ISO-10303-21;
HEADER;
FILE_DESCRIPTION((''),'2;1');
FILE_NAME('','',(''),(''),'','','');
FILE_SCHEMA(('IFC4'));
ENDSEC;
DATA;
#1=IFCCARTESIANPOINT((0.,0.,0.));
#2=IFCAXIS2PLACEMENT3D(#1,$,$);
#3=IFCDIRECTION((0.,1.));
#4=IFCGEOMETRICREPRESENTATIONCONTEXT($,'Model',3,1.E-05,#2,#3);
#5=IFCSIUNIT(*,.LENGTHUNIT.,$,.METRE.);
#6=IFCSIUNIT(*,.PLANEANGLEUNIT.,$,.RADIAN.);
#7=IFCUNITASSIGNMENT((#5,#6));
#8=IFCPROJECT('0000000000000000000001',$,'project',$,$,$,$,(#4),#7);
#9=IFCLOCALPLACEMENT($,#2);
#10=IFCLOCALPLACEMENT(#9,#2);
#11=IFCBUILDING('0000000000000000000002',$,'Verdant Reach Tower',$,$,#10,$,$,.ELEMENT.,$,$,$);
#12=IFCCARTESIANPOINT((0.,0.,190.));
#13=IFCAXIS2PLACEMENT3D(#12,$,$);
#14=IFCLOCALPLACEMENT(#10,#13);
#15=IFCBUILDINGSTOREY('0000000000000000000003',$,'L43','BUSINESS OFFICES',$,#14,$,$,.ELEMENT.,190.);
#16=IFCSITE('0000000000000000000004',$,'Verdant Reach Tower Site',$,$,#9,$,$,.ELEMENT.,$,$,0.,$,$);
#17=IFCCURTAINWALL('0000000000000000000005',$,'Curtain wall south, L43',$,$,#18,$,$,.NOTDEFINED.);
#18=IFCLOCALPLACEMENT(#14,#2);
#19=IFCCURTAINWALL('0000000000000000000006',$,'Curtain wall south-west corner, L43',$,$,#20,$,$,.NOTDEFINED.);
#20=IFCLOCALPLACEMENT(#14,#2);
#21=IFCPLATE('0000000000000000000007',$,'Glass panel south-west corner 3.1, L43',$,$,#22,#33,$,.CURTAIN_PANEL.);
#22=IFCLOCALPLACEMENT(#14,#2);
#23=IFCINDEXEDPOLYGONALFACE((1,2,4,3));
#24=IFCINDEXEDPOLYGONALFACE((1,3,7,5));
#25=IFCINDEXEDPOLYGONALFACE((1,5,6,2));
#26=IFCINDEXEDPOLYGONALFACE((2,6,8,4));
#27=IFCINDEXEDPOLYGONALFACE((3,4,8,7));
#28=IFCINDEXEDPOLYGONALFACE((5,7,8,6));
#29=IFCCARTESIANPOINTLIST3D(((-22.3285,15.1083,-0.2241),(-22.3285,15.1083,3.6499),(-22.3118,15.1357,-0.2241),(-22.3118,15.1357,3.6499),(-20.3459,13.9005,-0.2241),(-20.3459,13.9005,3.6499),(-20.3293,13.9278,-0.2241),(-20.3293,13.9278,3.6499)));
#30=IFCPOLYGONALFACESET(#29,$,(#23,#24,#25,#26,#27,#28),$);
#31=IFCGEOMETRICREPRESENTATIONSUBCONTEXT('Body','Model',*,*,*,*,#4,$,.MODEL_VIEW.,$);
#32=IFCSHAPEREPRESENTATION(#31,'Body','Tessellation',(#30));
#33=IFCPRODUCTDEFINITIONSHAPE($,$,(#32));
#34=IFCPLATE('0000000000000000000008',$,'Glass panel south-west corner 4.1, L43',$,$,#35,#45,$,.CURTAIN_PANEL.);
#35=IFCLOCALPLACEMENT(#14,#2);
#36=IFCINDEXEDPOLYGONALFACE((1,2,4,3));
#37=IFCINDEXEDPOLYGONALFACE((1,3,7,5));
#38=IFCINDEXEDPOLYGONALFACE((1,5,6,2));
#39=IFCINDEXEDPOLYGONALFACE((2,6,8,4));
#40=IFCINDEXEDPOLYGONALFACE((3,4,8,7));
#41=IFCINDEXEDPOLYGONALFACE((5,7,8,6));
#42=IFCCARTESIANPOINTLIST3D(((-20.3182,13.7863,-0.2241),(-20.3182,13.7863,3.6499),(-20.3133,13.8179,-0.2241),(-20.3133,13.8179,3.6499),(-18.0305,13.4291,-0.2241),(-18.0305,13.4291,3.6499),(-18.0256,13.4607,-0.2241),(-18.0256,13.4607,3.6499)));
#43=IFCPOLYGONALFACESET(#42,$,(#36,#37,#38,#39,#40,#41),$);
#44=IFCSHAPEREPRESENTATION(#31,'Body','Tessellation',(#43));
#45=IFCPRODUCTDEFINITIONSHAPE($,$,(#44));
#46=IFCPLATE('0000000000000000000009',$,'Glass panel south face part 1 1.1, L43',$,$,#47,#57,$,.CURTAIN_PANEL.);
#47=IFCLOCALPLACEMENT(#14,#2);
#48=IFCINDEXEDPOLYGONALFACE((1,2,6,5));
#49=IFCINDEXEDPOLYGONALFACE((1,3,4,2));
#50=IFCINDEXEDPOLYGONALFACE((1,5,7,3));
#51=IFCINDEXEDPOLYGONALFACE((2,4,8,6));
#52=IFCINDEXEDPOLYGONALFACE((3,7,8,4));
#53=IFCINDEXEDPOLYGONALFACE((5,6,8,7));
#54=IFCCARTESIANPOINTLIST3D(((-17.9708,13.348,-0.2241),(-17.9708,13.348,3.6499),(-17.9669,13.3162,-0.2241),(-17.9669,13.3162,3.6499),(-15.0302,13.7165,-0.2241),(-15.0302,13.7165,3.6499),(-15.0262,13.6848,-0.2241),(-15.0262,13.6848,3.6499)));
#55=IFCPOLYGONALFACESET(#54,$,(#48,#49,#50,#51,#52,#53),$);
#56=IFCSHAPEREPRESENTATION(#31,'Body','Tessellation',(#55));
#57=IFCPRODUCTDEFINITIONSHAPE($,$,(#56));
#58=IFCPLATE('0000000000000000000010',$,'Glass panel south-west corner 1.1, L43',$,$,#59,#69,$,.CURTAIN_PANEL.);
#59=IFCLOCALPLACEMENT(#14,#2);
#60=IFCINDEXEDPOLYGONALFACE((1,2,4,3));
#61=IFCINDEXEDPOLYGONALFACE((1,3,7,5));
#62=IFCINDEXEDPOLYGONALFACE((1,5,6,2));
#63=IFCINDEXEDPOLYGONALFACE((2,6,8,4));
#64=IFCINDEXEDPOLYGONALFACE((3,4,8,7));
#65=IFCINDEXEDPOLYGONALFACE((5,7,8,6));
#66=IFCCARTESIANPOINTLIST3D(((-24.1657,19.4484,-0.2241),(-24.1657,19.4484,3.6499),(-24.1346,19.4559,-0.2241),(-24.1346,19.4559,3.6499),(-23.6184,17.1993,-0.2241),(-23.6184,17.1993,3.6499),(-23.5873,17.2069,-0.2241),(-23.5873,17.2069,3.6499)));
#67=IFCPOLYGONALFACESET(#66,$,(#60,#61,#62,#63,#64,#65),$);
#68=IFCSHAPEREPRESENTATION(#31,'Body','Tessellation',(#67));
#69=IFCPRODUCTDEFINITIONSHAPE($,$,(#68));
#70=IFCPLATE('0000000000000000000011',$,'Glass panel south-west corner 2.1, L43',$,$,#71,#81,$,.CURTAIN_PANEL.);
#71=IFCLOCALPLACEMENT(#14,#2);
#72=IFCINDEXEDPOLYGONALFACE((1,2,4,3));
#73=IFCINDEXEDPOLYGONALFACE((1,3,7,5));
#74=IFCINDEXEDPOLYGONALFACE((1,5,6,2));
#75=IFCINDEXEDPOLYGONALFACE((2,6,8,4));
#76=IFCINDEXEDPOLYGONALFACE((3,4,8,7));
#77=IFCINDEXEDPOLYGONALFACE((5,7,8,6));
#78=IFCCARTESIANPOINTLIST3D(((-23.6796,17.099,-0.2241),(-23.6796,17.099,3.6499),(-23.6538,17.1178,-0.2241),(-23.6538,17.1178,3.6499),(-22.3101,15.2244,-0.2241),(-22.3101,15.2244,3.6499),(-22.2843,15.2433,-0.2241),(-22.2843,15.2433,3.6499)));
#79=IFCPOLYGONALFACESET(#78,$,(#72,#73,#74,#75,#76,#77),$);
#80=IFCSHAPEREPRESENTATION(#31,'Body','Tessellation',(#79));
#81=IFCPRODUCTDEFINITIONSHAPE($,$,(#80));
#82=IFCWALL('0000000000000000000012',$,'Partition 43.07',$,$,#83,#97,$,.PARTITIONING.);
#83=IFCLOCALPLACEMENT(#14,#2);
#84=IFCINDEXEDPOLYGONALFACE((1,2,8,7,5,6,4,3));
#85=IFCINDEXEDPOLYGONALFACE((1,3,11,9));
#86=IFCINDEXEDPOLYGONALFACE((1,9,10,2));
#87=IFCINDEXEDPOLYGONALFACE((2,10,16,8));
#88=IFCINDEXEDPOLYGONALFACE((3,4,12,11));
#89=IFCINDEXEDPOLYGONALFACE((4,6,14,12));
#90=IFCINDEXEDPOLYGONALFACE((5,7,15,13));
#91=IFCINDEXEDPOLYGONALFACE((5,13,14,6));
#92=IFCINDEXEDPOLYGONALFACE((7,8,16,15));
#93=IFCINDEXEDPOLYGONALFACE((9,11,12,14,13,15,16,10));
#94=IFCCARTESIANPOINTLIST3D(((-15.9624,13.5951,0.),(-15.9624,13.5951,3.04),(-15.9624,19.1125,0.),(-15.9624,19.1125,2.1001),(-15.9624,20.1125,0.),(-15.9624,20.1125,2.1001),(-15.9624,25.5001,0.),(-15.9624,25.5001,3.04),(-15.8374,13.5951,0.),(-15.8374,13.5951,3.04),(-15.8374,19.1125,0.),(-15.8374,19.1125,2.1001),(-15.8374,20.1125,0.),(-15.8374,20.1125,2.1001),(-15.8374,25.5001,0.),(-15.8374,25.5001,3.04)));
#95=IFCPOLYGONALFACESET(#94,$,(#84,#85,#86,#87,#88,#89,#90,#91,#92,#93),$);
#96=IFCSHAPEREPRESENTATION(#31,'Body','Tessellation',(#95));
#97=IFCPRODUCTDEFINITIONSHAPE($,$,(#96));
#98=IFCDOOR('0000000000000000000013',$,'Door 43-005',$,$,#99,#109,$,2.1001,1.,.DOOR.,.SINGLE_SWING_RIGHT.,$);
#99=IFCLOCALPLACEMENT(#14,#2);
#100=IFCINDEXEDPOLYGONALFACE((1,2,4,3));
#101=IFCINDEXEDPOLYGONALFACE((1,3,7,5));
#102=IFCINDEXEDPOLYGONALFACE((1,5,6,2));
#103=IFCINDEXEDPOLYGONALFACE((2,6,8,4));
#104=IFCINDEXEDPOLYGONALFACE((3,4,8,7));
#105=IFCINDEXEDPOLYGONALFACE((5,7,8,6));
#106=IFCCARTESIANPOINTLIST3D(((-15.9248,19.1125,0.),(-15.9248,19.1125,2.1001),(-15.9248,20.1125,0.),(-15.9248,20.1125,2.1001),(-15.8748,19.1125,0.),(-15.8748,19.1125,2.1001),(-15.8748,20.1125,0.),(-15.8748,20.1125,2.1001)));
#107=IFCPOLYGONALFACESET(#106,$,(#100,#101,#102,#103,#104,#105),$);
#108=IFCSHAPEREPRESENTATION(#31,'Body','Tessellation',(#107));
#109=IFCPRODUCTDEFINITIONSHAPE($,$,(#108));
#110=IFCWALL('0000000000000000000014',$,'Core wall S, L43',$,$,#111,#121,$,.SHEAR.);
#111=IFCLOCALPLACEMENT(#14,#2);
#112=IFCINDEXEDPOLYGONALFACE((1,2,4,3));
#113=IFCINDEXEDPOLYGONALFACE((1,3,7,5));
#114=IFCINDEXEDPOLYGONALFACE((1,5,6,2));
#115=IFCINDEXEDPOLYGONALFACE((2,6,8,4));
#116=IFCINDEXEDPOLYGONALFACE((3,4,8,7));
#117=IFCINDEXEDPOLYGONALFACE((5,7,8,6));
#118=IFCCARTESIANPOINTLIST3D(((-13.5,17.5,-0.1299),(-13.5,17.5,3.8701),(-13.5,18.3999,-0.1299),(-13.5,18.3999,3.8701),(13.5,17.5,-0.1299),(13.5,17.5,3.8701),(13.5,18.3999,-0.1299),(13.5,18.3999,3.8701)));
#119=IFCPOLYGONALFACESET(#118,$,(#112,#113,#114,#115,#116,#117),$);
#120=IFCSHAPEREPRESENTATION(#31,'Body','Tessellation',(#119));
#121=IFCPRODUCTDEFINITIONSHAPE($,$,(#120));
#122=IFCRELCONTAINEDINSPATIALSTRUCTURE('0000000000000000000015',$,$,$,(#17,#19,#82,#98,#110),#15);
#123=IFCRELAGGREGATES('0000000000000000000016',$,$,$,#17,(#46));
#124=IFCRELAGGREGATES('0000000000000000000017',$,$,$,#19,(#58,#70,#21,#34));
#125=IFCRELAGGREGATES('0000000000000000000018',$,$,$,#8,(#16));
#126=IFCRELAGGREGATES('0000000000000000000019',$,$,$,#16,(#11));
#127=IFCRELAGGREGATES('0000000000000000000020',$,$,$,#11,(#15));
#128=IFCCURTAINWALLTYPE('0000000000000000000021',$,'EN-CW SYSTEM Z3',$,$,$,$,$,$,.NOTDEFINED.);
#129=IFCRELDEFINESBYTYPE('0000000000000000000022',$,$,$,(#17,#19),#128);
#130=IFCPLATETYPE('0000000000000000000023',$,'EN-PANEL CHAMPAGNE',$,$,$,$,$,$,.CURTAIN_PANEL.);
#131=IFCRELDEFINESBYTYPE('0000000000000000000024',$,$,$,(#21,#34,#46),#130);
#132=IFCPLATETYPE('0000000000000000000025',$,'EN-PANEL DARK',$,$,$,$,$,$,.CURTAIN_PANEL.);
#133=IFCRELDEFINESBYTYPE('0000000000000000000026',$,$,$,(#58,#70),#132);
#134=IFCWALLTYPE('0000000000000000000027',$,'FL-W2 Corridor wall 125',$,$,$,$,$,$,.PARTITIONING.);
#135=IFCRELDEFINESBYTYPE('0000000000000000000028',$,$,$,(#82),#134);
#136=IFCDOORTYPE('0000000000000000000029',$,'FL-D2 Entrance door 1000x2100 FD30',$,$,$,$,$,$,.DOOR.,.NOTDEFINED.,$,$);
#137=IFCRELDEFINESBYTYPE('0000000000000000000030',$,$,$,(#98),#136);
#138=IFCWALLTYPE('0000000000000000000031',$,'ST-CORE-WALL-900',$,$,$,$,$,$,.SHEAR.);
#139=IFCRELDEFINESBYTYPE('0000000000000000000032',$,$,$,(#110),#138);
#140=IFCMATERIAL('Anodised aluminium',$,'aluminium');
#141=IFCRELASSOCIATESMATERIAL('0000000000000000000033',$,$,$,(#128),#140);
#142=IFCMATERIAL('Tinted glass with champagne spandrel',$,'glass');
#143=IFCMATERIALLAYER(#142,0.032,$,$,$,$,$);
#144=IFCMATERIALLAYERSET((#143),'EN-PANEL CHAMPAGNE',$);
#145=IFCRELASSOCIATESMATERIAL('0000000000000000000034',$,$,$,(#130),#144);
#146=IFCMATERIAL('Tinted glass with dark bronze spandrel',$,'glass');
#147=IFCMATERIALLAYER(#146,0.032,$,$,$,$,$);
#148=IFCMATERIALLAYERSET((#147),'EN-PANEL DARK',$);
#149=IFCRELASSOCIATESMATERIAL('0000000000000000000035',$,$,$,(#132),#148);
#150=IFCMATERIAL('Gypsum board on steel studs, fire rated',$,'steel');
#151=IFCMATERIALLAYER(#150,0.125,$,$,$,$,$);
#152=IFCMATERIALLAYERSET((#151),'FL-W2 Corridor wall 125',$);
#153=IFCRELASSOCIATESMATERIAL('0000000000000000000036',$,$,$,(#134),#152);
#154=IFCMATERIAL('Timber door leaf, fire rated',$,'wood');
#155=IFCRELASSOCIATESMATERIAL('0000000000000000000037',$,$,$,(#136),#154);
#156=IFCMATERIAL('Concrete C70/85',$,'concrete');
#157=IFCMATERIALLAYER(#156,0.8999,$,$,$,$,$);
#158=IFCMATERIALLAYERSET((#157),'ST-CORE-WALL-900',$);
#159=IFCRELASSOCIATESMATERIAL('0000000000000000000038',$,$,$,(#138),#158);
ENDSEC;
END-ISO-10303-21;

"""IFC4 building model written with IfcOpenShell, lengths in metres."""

from ifc_helpers import new_model, si_unit, direction, frame, frame_2d, origin, origin_2d, place, context, subcontext, project, spatial, rectangle, extrude, material, layer, layer_set, type_object, element, fill, aggregate, save


model = new_model("IFC4")

# Units and contexts
model_context = context("Model", 3, precision=1e-05, world=origin(), true_north=direction((0.0, 1.0)))
body_context = subcontext(model_context, "Body", "Model", "MODEL_VIEW")
ifc_project = project(units=[si_unit("LENGTHUNIT", "METRE"), si_unit("PLANEANGLEUNIT", "RADIAN")], contexts=[model_context])

# Site, building, storey
site_placement = place(None, origin())
site = spatial("IfcSite", under=ifc_project, at=site_placement, Name="Verdant Reach Tower Site", CompositionType="ELEMENT", RefElevation=0.0)
building_placement = place(site_placement, origin())
building = spatial("IfcBuilding", under=site, at=building_placement, Name="Verdant Reach Tower", CompositionType="ELEMENT")
storey_placement = place(building_placement, frame((0.0, 0.0, 190.0)))
storey = spatial("IfcBuildingStorey", under=building, at=storey_placement, Name="L43", Description="BUSINESS OFFICES", CompositionType="ELEMENT", Elevation=190.0)

# Curtain wall
ifc_material_1 = material(Name="Anodised aluminium", Category="aluminium")
curtain_wall_type = type_object("IfcCurtainWallType", Name="EN-CW SYSTEM Z3", PredefinedType="NOTDEFINED", material=ifc_material_1)
curtain_wall_1_placement = place(storey_placement, origin())
curtain_wall_1 = element("IfcCurtainWall", 1, at=curtain_wall_1_placement, inside=storey, type_object=curtain_wall_type, Name="Curtain wall south, L43", PredefinedType="NOTDEFINED")

# Curtain wall, plates
curtain_wall_2_placement = place(storey_placement, origin())
curtain_wall_2 = element("IfcCurtainWall", 2, at=curtain_wall_2_placement, inside=storey, type_object=curtain_wall_type, Name="Curtain wall south-west corner, L43", PredefinedType="NOTDEFINED")
ifc_material_2 = material(Name="Tinted glass with champagne spandrel", Category="glass")
ifc_layer_1 = layer(ifc_material_2, 0.032)
ifc_layer_set_1 = layer_set([ifc_layer_1], Name="EN-PANEL CHAMPAGNE")
plate_type_1 = type_object("IfcPlateType", Name="EN-PANEL CHAMPAGNE", PredefinedType="CURTAIN_PANEL", material=ifc_layer_set_1)
plate_1_placement = place(storey_placement, frame((-21.3289, 14.5181, -0.2241), z_axis=(0.0, 0.0, 1.0), x_axis=(0.853989, -0.520292, 0.0)))
plate_1 = element("IfcPlate", 3, at=plate_1_placement, type_object=plate_type_1, Name="Glass panel south-west corner 3.1, L43", PredefinedType="CURTAIN_PANEL", context=body_context, shape_type="SweptSolid", body=[
    extrude(rectangle(XDim=2.3215, YDim=0.032, at=origin_2d()), origin(), (0.0, 0.0, 1.0), 3.874),
])
plate_2_placement = place(storey_placement, frame((-19.1719, 13.6235, -0.2241), z_axis=(0.0, 0.0, 1.0), x_axis=(0.988029, -0.154268, 0.0)))
plate_2 = element("IfcPlate", 4, at=plate_2_placement, type_object=plate_type_1, Name="Glass panel south-west corner 4.1, L43", PredefinedType="CURTAIN_PANEL", context=body_context, shape_type="SweptSolid", body=[
    extrude(rectangle(XDim=2.3154, YDim=0.032, at=origin_2d()), origin(), (0.0, 0.0, 1.0), 3.874),
])

# Plates
plate_3_placement = place(storey_placement, frame((-16.4985, 13.5164, -0.2241), z_axis=(0.0, 0.0, 1.0), x_axis=(0.992238, 0.124355, 0.0)))
plate_3 = element("IfcPlate", 5, at=plate_3_placement, type_object=plate_type_1, Name="Glass panel south face part 1 1.1, L43", PredefinedType="CURTAIN_PANEL", context=body_context, shape_type="SweptSolid", body=[
    extrude(rectangle(XDim=2.9636, YDim=0.032, at=origin_2d()), origin(), (0.0, 0.0, 1.0), 3.874),
])
aggregate(curtain_wall_1, [plate_3])
ifc_material_3 = material(Name="Tinted glass with dark bronze spandrel", Category="glass")
ifc_layer_2 = layer(ifc_material_3, 0.032)
ifc_layer_set_2 = layer_set([ifc_layer_2], Name="EN-PANEL DARK")
plate_type_2 = type_object("IfcPlateType", Name="EN-PANEL DARK", PredefinedType="CURTAIN_PANEL", material=ifc_layer_set_2)
plate_4_placement = place(storey_placement, frame((-23.8765, 18.3276, -0.2241), z_axis=(0.0, 0.0, 1.0), x_axis=(0.236446, -0.971645, 0.0)))
plate_4 = element("IfcPlate", 6, at=plate_4_placement, type_object=plate_type_2, Name="Glass panel south-west corner 1.1, L43", PredefinedType="CURTAIN_PANEL", context=body_context, shape_type="SweptSolid", body=[
    extrude(rectangle(XDim=2.3147, YDim=0.032, at=origin_2d()), origin(), (0.0, 0.0, 1.0), 3.874),
])
plate_5_placement = place(storey_placement, frame((-22.9819, 16.1711, -0.2241), z_axis=(0.0, 0.0, 1.0), x_axis=(0.589927, -0.807457, 0.0)))
plate_5 = element("IfcPlate", 7, at=plate_5_placement, type_object=plate_type_2, Name="Glass panel south-west corner 2.1, L43", PredefinedType="CURTAIN_PANEL", context=body_context, shape_type="SweptSolid", body=[
    extrude(rectangle(XDim=2.3215, YDim=0.032, at=origin_2d()), origin(), (0.0, 0.0, 1.0), 3.874),
])
aggregate(curtain_wall_2, [plate_4, plate_5, plate_1, plate_2])

# Wall, opening, door
ifc_material_4 = material(Name="Gypsum board on steel studs, fire rated", Category="steel")
ifc_layer_3 = layer(ifc_material_4, 0.125)
ifc_layer_set_3 = layer_set([ifc_layer_3], Name="FL-W2 Corridor wall 125")
wall_type_1 = type_object("IfcWallType", Name="FL-W2 Corridor wall 125", PredefinedType="PARTITIONING", material=ifc_layer_set_3)
wall_1_placement = place(storey_placement, frame((-15.8999, 13.595, 0.0), z_axis=(0.0, 0.0, 1.0), x_axis=(0.0, 1.0, 0.0)))
wall_1 = element("IfcWall", 8, at=wall_1_placement, inside=storey, type_object=wall_type_1, Name="Partition 43.07", PredefinedType="PARTITIONING", context=body_context, shape_type="SweptSolid", body=[
    extrude(rectangle(XDim=11.905, YDim=0.125, at=frame_2d((5.9526, 0.0))), origin(), (0.0, 0.0, 1.0), 3.04),
])
opening_placement = place(wall_1_placement, frame((5.5176, 0.0, 0.0)))
opening = element("IfcOpeningElement", 9, at=opening_placement, cuts=wall_1, PredefinedType="OPENING", context=body_context, shape_type="SweptSolid", body=[
    extrude(rectangle(XDim=1.0, YDim=2.1001, at=frame_2d((0.5, 1.05))), frame((0.0, 0.0725, 0.0), z_axis=(0.0, -1.0, 0.0), x_axis=(1.0, 0.0, 0.0)), (0.0, 0.0, 1.0), 0.145),
])
ifc_material_5 = material(Name="Timber door leaf, fire rated", Category="wood")
door_type = type_object("IfcDoorType", Name="FL-D2 Entrance door 1000x2100 FD30", OperationType="NOTDEFINED", PredefinedType="DOOR", material=ifc_material_5)
door_placement = place(opening_placement, origin())
door = element("IfcDoor", 10, at=door_placement, inside=storey, type_object=door_type, Name="Door 43-005", OperationType="SINGLE_SWING_RIGHT", OverallHeight=2.1001, OverallWidth=1.0, PredefinedType="DOOR", context=body_context, shape_type="SweptSolid", body=[
    extrude(rectangle(XDim=1.0, YDim=2.1001, at=frame_2d((0.5, 1.05))), frame((0.0, 0.0249, 0.0), z_axis=(0.0, -1.0, 0.0), x_axis=(1.0, 0.0, 0.0)), (0.0, 0.0, 1.0), 0.05),
])
fill(opening, door)

# Wall
ifc_material_6 = material(Name="Concrete C70/85", Category="concrete")
ifc_layer_4 = layer(ifc_material_6, 0.8999)
ifc_layer_set_4 = layer_set([ifc_layer_4], Name="ST-CORE-WALL-900")
wall_type_2 = type_object("IfcWallType", Name="ST-CORE-WALL-900", PredefinedType="SHEAR", material=ifc_layer_set_4)
wall_2_placement = place(storey_placement, frame((-13.5, 17.95, -0.1299), z_axis=(0.0, 0.0, 1.0), x_axis=(1.0, 0.0, 0.0)))
element("IfcWall", 11, at=wall_2_placement, inside=storey, type_object=wall_type_2, Name="Core wall S, L43", PredefinedType="SHEAR", context=body_context, shape_type="SweptSolid", body=[
    extrude(rectangle(XDim=27.0, YDim=0.8999, at=frame_2d((13.5, 0.0))), origin(), (0.0, 0.0, 1.0), 4.0),
])

save(model, "model.ifc")
